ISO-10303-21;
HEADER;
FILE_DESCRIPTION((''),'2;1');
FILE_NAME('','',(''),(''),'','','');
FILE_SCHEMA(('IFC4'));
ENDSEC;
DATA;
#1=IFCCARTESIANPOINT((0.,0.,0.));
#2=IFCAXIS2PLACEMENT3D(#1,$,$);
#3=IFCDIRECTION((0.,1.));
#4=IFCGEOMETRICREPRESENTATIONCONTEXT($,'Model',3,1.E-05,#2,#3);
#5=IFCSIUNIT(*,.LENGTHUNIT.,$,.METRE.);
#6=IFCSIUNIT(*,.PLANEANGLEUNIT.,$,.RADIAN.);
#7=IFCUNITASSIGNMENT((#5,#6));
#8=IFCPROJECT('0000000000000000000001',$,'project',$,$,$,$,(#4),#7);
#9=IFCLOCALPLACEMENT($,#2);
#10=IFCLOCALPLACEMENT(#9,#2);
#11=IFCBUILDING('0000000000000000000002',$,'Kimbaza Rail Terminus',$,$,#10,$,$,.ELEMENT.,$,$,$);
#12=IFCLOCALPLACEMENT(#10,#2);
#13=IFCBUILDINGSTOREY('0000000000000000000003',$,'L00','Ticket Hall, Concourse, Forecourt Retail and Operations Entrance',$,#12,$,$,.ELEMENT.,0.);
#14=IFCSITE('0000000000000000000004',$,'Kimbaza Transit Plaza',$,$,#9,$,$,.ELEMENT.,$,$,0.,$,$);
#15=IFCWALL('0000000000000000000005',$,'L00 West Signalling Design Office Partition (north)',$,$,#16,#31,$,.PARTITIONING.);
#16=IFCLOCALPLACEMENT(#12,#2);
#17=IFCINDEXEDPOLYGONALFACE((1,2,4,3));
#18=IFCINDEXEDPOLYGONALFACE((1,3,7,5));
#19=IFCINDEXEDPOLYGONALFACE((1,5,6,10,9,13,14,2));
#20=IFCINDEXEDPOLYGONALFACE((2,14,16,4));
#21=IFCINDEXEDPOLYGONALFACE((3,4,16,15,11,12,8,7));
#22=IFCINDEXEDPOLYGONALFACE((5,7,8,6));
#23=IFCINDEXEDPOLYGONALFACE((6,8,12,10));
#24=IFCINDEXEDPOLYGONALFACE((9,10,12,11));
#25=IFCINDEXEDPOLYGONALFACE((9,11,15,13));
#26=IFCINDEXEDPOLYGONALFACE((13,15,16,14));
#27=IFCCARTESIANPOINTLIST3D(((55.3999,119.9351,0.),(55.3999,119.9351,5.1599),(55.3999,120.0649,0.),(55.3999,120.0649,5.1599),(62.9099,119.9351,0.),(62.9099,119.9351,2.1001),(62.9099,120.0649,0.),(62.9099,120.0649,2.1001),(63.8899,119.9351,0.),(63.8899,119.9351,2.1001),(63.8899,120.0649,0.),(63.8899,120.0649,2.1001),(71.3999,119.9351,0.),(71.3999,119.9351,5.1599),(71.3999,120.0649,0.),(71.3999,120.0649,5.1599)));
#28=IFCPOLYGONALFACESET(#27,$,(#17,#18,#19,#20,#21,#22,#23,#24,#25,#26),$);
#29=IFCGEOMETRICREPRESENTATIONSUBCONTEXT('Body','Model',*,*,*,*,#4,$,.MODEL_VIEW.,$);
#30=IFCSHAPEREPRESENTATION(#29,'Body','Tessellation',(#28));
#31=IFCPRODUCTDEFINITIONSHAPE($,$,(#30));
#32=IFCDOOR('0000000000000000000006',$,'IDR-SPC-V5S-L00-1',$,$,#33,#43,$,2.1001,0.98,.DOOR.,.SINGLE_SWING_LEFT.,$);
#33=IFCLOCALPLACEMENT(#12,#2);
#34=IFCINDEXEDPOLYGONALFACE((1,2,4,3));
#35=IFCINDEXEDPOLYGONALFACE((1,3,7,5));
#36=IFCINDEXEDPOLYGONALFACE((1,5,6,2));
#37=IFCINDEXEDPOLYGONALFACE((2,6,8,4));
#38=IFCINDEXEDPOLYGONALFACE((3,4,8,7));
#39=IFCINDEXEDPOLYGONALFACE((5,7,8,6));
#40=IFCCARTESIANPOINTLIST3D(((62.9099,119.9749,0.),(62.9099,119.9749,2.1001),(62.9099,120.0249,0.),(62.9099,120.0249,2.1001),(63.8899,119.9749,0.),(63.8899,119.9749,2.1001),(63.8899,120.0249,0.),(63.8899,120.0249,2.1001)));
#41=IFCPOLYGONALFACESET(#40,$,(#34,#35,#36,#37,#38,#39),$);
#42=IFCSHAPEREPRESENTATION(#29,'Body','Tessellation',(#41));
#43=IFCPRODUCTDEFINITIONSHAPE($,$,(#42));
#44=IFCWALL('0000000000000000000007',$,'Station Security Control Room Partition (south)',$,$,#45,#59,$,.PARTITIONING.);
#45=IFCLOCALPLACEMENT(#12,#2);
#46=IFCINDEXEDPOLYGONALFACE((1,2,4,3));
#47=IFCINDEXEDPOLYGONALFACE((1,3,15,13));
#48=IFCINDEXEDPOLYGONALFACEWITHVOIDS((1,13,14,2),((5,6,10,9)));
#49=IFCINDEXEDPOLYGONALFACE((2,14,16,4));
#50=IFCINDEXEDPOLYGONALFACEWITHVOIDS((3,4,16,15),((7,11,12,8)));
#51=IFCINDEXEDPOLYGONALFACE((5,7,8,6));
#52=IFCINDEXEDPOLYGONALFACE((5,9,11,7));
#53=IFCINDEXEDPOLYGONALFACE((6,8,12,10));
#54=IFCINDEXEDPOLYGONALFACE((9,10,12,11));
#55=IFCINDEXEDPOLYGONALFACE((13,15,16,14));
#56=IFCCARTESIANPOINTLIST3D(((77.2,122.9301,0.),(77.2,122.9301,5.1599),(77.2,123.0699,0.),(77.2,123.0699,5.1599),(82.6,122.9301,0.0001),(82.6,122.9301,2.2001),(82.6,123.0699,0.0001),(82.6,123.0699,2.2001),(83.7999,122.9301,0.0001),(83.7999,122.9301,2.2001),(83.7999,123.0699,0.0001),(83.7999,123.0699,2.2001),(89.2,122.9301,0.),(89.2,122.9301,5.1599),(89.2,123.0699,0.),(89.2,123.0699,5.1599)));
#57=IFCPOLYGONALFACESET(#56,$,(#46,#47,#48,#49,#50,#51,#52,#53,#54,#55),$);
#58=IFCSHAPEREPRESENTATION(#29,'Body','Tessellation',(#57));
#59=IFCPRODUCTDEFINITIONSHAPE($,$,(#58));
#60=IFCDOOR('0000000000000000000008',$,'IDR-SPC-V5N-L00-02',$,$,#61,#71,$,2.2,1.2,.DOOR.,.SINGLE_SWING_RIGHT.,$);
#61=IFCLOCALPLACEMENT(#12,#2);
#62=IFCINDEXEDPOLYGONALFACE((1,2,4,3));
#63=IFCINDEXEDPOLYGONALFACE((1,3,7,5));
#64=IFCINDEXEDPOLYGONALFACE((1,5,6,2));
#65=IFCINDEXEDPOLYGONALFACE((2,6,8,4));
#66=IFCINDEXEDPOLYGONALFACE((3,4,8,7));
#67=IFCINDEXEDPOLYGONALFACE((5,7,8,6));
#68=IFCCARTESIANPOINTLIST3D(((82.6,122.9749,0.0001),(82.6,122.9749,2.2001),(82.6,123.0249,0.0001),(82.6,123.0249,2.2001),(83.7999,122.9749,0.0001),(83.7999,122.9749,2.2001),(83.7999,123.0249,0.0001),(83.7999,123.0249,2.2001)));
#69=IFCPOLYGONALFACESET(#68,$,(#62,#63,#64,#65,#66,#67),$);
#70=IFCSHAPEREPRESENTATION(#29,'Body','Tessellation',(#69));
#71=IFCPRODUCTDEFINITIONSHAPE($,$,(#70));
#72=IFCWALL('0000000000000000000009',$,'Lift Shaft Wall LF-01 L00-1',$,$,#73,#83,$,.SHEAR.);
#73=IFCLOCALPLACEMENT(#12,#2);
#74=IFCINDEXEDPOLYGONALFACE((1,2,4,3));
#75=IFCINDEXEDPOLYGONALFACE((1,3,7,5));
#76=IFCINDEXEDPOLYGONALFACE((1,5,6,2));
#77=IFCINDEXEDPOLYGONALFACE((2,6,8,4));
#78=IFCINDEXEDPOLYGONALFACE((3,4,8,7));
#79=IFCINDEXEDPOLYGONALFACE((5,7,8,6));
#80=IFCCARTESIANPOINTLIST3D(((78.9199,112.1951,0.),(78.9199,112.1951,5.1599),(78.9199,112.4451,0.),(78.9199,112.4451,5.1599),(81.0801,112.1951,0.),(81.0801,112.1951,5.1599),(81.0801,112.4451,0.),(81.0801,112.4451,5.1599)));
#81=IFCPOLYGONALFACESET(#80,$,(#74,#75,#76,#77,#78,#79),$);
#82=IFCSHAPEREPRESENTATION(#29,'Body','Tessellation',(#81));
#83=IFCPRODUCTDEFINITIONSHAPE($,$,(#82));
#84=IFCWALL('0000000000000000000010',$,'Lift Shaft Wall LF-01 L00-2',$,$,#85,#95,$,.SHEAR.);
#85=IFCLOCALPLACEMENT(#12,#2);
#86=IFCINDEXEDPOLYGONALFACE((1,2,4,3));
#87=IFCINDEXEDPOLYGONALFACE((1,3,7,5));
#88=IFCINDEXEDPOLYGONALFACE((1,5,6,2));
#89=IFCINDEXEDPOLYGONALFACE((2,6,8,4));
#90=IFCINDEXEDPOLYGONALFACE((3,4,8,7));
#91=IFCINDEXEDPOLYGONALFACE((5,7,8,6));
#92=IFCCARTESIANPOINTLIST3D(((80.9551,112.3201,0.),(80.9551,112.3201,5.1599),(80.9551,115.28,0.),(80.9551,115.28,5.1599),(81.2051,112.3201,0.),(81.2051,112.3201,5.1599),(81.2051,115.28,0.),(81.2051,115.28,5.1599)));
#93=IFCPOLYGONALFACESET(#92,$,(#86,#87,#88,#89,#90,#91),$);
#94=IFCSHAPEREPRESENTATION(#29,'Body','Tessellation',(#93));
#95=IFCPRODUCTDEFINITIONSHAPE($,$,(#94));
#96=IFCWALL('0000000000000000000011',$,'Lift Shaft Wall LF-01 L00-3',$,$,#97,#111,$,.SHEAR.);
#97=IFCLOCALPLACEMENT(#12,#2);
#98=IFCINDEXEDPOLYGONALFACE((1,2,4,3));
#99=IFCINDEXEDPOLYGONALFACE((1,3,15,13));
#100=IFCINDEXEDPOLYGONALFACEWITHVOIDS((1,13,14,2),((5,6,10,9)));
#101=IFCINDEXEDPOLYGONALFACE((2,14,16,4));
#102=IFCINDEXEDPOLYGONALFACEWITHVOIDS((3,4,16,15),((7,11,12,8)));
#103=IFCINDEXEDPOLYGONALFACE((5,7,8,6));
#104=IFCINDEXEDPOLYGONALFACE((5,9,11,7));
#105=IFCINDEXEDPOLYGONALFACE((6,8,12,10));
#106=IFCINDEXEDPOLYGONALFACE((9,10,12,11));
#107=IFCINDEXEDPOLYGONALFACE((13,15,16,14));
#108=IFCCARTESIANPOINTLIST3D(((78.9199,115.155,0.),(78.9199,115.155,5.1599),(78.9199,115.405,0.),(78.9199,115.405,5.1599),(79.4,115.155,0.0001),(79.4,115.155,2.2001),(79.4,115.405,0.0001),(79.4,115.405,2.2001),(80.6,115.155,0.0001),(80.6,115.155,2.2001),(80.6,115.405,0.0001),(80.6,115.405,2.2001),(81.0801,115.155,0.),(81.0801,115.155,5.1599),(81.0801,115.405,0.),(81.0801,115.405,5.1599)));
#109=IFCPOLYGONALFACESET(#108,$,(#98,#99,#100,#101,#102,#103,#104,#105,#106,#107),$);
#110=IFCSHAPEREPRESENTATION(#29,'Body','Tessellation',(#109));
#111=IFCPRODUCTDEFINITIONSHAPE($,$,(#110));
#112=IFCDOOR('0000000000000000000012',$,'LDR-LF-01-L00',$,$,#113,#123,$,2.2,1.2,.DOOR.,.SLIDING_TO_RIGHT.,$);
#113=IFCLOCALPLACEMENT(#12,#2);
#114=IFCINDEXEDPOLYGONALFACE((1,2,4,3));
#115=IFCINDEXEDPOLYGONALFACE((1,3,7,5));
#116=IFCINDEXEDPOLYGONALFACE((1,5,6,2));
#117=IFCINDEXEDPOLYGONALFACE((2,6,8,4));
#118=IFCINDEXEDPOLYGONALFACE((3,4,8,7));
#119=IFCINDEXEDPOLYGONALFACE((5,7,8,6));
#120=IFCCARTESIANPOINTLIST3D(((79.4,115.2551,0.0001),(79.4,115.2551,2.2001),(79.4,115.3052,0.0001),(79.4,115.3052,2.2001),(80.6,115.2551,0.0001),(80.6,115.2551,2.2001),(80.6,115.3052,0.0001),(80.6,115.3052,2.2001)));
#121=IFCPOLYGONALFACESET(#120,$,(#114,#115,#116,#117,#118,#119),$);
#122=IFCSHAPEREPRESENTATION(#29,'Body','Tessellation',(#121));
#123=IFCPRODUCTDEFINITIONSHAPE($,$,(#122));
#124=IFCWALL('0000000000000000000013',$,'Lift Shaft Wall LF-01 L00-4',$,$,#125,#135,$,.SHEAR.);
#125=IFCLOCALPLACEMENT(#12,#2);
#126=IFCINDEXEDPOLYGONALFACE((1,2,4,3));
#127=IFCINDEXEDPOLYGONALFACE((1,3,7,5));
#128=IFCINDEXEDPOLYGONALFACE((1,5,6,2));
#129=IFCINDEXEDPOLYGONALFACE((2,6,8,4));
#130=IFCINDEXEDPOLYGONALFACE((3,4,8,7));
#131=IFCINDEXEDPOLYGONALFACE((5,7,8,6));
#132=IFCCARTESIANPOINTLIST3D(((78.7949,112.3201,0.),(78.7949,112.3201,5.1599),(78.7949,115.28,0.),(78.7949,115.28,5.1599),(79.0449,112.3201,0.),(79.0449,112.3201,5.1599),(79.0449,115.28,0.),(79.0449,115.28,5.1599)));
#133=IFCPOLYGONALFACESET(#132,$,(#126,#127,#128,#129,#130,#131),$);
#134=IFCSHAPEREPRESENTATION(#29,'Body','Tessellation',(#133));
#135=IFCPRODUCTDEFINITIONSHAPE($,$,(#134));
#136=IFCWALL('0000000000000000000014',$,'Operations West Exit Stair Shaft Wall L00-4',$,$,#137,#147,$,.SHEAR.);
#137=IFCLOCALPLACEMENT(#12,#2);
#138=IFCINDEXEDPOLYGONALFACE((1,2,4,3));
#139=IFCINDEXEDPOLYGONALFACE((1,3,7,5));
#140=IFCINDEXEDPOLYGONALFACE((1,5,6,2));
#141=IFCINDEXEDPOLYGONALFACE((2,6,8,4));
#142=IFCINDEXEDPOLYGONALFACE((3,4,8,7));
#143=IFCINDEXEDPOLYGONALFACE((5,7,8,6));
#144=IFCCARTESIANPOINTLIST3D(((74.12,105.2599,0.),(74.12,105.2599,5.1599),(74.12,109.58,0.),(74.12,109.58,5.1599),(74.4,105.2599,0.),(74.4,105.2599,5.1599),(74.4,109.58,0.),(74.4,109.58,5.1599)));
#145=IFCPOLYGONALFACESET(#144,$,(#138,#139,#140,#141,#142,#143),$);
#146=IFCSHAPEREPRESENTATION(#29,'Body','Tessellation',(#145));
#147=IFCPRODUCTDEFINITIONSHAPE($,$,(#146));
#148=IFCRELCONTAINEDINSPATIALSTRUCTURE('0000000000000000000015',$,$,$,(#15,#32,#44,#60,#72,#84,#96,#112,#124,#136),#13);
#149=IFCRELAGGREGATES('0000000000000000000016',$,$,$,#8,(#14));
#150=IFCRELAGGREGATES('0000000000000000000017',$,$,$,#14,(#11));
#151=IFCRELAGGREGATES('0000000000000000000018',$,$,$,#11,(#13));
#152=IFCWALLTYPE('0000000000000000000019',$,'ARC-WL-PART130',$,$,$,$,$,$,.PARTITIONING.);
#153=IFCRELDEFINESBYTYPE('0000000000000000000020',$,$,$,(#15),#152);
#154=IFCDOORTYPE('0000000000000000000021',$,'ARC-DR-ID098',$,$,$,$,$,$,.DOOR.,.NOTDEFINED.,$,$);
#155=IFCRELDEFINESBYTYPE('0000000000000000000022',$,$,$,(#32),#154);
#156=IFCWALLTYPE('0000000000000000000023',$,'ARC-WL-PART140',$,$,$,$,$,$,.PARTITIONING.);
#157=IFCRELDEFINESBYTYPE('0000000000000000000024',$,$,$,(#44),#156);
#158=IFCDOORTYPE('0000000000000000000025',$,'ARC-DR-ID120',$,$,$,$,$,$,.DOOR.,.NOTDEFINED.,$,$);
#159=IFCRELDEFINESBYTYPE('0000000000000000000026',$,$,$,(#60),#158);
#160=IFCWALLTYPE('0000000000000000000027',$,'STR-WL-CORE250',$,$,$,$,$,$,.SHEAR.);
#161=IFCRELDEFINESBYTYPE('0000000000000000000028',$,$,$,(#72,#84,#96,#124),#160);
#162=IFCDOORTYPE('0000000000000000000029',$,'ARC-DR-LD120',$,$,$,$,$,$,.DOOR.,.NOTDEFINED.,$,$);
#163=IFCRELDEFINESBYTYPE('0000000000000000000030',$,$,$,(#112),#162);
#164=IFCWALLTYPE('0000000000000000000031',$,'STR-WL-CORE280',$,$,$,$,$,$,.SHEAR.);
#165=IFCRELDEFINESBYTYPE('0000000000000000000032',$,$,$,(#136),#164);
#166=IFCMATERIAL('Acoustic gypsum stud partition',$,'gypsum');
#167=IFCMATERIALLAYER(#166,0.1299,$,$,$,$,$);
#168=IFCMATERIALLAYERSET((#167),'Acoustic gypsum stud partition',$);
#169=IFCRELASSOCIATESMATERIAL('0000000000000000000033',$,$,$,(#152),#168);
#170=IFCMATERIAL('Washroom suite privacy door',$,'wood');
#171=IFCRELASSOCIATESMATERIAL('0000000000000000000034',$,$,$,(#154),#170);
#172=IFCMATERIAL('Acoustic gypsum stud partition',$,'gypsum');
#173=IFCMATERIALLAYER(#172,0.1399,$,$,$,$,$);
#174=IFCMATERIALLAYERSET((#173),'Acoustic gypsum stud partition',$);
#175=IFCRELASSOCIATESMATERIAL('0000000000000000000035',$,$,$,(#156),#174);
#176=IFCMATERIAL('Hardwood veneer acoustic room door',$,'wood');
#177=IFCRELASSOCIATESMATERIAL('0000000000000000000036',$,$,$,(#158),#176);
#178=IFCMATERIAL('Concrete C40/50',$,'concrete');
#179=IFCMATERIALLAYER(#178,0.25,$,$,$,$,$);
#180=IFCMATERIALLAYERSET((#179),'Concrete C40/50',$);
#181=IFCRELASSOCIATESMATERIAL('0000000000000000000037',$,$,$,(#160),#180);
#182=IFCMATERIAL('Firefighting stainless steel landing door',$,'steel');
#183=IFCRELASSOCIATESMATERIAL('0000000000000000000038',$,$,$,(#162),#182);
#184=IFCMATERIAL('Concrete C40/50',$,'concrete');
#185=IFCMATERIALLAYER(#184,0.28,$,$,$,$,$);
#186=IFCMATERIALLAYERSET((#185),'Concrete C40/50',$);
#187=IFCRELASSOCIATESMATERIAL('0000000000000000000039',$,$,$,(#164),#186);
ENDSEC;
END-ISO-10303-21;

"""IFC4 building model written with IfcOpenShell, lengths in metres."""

from ifc_helpers import new_model, si_unit, direction, frame, frame_2d, origin, place, context, subcontext, project, spatial, rectangle, extrude, material, layer, layer_set, type_object, element, fill, save


model = new_model("IFC4")

# Units and contexts
model_context = context("Model", 3, precision=1e-05, world=origin(), true_north=direction((0.0, 1.0)))
body_context = subcontext(model_context, "Body", "Model", "MODEL_VIEW")
ifc_project = project(units=[si_unit("LENGTHUNIT", "METRE"), si_unit("PLANEANGLEUNIT", "RADIAN")], contexts=[model_context])

# Site, building, storey
site_placement = place(None, origin())
site = spatial("IfcSite", under=ifc_project, at=site_placement, Name="Kimbaza Transit Plaza", CompositionType="ELEMENT", RefElevation=0.0)
building_placement = place(site_placement, origin())
building = spatial("IfcBuilding", under=site, at=building_placement, Name="Kimbaza Rail Terminus", CompositionType="ELEMENT")
storey_placement = place(building_placement, origin())
storey = spatial("IfcBuildingStorey", under=building, at=storey_placement, Name="L00", Description="Ticket Hall, Concourse, Forecourt Retail and Operations Entrance", CompositionType="ELEMENT", Elevation=0.0)

# Walls, openings, doors
ifc_material_1 = material(Name="Acoustic gypsum stud partition", Category="gypsum")
ifc_layer_1 = layer(ifc_material_1, 0.1299)
ifc_layer_set_1 = layer_set([ifc_layer_1], Name="Acoustic gypsum stud partition")
wall_type_1 = type_object("IfcWallType", Name="ARC-WL-PART130", PredefinedType="PARTITIONING", material=ifc_layer_set_1)
wall_1_placement = place(storey_placement, frame((71.3999, 120.0, 0.0), z_axis=(0.0, 0.0, 1.0), x_axis=(-1.0, 0.0, 0.0)))
wall_1 = element("IfcWall", 1, at=wall_1_placement, inside=storey, type_object=wall_type_1, Name="L00 West Signalling Design Office Partition (north)", PredefinedType="PARTITIONING", context=body_context, shape_type="SweptSolid", body=[
    extrude(rectangle(XDim=16.0, YDim=0.1299, at=frame_2d((8.0, 0.0))), origin(), (0.0, 0.0, 1.0), 5.1599),
])
opening_1_placement = place(wall_1_placement, frame((8.49, 0.0, 0.0), z_axis=(0.0, 0.0, 1.0), x_axis=(-1.0, 0.0, 0.0)))
opening_1 = element("IfcOpeningElement", 2, at=opening_1_placement, cuts=wall_1, PredefinedType="OPENING", context=body_context, shape_type="SweptSolid", body=[
    extrude(rectangle(XDim=0.98, YDim=2.1001, at=frame_2d((0.49, 1.05))), frame((0.0, 0.075, 0.0), z_axis=(0.0, -1.0, 0.0), x_axis=(1.0, 0.0, 0.0)), (0.0, 0.0, 1.0), 0.1499),
])
ifc_material_2 = material(Name="Washroom suite privacy door", Category="wood")
door_type_1 = type_object("IfcDoorType", Name="ARC-DR-ID098", OperationType="NOTDEFINED", PredefinedType="DOOR", material=ifc_material_2)
door_1_placement = place(opening_1_placement, origin())
door_1 = element("IfcDoor", 3, at=door_1_placement, inside=storey, type_object=door_type_1, Name="IDR-SPC-V5S-L00-1", OperationType="SINGLE_SWING_LEFT", OverallHeight=2.1001, OverallWidth=0.98, PredefinedType="DOOR", context=body_context, shape_type="SweptSolid", body=[
    extrude(rectangle(XDim=0.98, YDim=2.1001, at=frame_2d((0.49, 1.05))), frame((0.0, 0.0249, 0.0), z_axis=(0.0, -1.0, 0.0), x_axis=(1.0, 0.0, 0.0)), (0.0, 0.0, 1.0), 0.05),
])
fill(opening_1, door_1)
ifc_material_3 = material(Name="Acoustic gypsum stud partition", Category="gypsum")
ifc_layer_2 = layer(ifc_material_3, 0.1399)
ifc_layer_set_2 = layer_set([ifc_layer_2], Name="Acoustic gypsum stud partition")
wall_type_2 = type_object("IfcWallType", Name="ARC-WL-PART140", PredefinedType="PARTITIONING", material=ifc_layer_set_2)
wall_2_placement = place(storey_placement, frame((77.2, 123.0, 0.0), z_axis=(0.0, 0.0, 1.0), x_axis=(1.0, 0.0, 0.0)))
wall_2 = element("IfcWall", 4, at=wall_2_placement, inside=storey, type_object=wall_type_2, Name="Station Security Control Room Partition (south)", PredefinedType="PARTITIONING", context=body_context, shape_type="SweptSolid", body=[
    extrude(rectangle(XDim=12.0, YDim=0.1399, at=frame_2d((6.0, 0.0))), origin(), (0.0, 0.0, 1.0), 5.1599),
])
opening_2_placement = place(wall_2_placement, frame((5.3999, 0.0, 0.0)))
opening_2 = element("IfcOpeningElement", 5, at=opening_2_placement, cuts=wall_2, PredefinedType="OPENING", context=body_context, shape_type="SweptSolid", body=[
    extrude(rectangle(XDim=1.2, YDim=2.2, at=frame_2d((0.6001, 1.1001))), frame((0.0, 0.0798, 0.0), z_axis=(0.0, -1.0, 0.0), x_axis=(1.0, 0.0, 0.0)), (0.0, 0.0, 1.0), 0.1599),
])
ifc_material_4 = material(Name="Hardwood veneer acoustic room door", Category="wood")
door_type_2 = type_object("IfcDoorType", Name="ARC-DR-ID120", OperationType="NOTDEFINED", PredefinedType="DOOR", material=ifc_material_4)
door_2_placement = place(opening_2_placement, origin())
door_2 = element("IfcDoor", 6, at=door_2_placement, inside=storey, type_object=door_type_2, Name="IDR-SPC-V5N-L00-02", OperationType="SINGLE_SWING_RIGHT", OverallHeight=2.2, OverallWidth=1.2, PredefinedType="DOOR", context=body_context, shape_type="SweptSolid", body=[
    extrude(rectangle(XDim=1.2, YDim=2.2, at=frame_2d((0.6001, 1.1001))), frame((0.0, 0.0249, 0.0), z_axis=(0.0, -1.0, 0.0), x_axis=(1.0, 0.0, 0.0)), (0.0, 0.0, 1.0), 0.05),
])
fill(opening_2, door_2)

# Walls
ifc_material_5 = material(Name="Concrete C40/50", Category="concrete")
ifc_layer_3 = layer(ifc_material_5, 0.25)
ifc_layer_set_3 = layer_set([ifc_layer_3], Name="Concrete C40/50")
wall_type_3 = type_object("IfcWallType", Name="STR-WL-CORE250", PredefinedType="SHEAR", material=ifc_layer_set_3)
wall_3_placement = place(storey_placement, frame((78.9199, 112.3201, 0.0), z_axis=(0.0, 0.0, 1.0), x_axis=(1.0, 0.0, 0.0)))
element("IfcWall", 7, at=wall_3_placement, inside=storey, type_object=wall_type_3, Name="Lift Shaft Wall LF-01 L00-1", PredefinedType="SHEAR", context=body_context, shape_type="SweptSolid", body=[
    extrude(rectangle(XDim=2.1602, YDim=0.25, at=frame_2d((1.0801, 0.0))), origin(), (0.0, 0.0, 1.0), 5.1599),
])
wall_4_placement = place(storey_placement, frame((81.0801, 112.3201, 0.0), z_axis=(0.0, 0.0, 1.0), x_axis=(0.0, 1.0, 0.0)))
element("IfcWall", 8, at=wall_4_placement, inside=storey, type_object=wall_type_3, Name="Lift Shaft Wall LF-01 L00-2", PredefinedType="SHEAR", context=body_context, shape_type="SweptSolid", body=[
    extrude(rectangle(XDim=2.96, YDim=0.25, at=frame_2d((1.48, 0.0))), origin(), (0.0, 0.0, 1.0), 5.1599),
])

# Wall, opening, door
wall_5_placement = place(storey_placement, frame((81.0801, 115.28, 0.0), z_axis=(0.0, 0.0, 1.0), x_axis=(-1.0, 0.0, 0.0)))
wall_5 = element("IfcWall", 9, at=wall_5_placement, inside=storey, type_object=wall_type_3, Name="Lift Shaft Wall LF-01 L00-3", PredefinedType="SHEAR", context=body_context, shape_type="SweptSolid", body=[
    extrude(rectangle(XDim=2.1602, YDim=0.25, at=frame_2d((1.0801, 0.0))), origin(), (0.0, 0.0, 1.0), 5.1599),
])
opening_3_placement = place(wall_5_placement, frame((0.48, 0.0, 0.0)))
opening_3 = element("IfcOpeningElement", 10, at=opening_3_placement, cuts=wall_5, PredefinedType="OPENING", context=body_context, shape_type="SweptSolid", body=[
    extrude(rectangle(XDim=1.2, YDim=2.2, at=frame_2d((0.6001, 1.1001))), frame((0.0, 0.135, 0.0), z_axis=(0.0, -1.0, 0.0), x_axis=(1.0, 0.0, 0.0)), (0.0, 0.0, 1.0), 0.27),
])
ifc_material_6 = material(Name="Firefighting stainless steel landing door", Category="steel")
door_type_3 = type_object("IfcDoorType", Name="ARC-DR-LD120", OperationType="NOTDEFINED", PredefinedType="DOOR", material=ifc_material_6)
door_3_placement = place(opening_3_placement, origin())
door_3 = element("IfcDoor", 11, at=door_3_placement, inside=storey, type_object=door_type_3, Name="LDR-LF-01-L00", OperationType="SLIDING_TO_RIGHT", OverallHeight=2.2, OverallWidth=1.2, PredefinedType="DOOR", context=body_context, shape_type="SweptSolid", body=[
    extrude(rectangle(XDim=1.2, YDim=2.2, at=frame_2d((0.6001, 1.1001))), frame((0.0, 0.0249, 0.0), z_axis=(0.0, -1.0, 0.0), x_axis=(1.0, 0.0, 0.0)), (0.0, 0.0, 1.0), 0.05),
])
fill(opening_3, door_3)

# Walls
wall_6_placement = place(storey_placement, frame((78.9199, 115.28, 0.0), z_axis=(0.0, 0.0, 1.0), x_axis=(0.0, -1.0, 0.0)))
element("IfcWall", 12, at=wall_6_placement, inside=storey, type_object=wall_type_3, Name="Lift Shaft Wall LF-01 L00-4", PredefinedType="SHEAR", context=body_context, shape_type="SweptSolid", body=[
    extrude(rectangle(XDim=2.96, YDim=0.25, at=frame_2d((1.48, 0.0))), origin(), (0.0, 0.0, 1.0), 5.1599),
])
ifc_material_7 = material(Name="Concrete C40/50", Category="concrete")
ifc_layer_4 = layer(ifc_material_7, 0.28)
ifc_layer_set_4 = layer_set([ifc_layer_4], Name="Concrete C40/50")
wall_type_4 = type_object("IfcWallType", Name="STR-WL-CORE280", PredefinedType="SHEAR", material=ifc_layer_set_4)
wall_7_placement = place(storey_placement, frame((74.26, 109.5801, 0.0), z_axis=(0.0, 0.0, 1.0), x_axis=(0.0, -1.0, 0.0)))
element("IfcWall", 13, at=wall_7_placement, inside=storey, type_object=wall_type_4, Name="Operations West Exit Stair Shaft Wall L00-4", PredefinedType="SHEAR", context=body_context, shape_type="SweptSolid", body=[
    extrude(rectangle(XDim=4.3201, YDim=0.28, at=frame_2d((2.1602, 0.0))), origin(), (0.0, 0.0, 1.0), 5.1599),
])

save(model, "model.ifc")
